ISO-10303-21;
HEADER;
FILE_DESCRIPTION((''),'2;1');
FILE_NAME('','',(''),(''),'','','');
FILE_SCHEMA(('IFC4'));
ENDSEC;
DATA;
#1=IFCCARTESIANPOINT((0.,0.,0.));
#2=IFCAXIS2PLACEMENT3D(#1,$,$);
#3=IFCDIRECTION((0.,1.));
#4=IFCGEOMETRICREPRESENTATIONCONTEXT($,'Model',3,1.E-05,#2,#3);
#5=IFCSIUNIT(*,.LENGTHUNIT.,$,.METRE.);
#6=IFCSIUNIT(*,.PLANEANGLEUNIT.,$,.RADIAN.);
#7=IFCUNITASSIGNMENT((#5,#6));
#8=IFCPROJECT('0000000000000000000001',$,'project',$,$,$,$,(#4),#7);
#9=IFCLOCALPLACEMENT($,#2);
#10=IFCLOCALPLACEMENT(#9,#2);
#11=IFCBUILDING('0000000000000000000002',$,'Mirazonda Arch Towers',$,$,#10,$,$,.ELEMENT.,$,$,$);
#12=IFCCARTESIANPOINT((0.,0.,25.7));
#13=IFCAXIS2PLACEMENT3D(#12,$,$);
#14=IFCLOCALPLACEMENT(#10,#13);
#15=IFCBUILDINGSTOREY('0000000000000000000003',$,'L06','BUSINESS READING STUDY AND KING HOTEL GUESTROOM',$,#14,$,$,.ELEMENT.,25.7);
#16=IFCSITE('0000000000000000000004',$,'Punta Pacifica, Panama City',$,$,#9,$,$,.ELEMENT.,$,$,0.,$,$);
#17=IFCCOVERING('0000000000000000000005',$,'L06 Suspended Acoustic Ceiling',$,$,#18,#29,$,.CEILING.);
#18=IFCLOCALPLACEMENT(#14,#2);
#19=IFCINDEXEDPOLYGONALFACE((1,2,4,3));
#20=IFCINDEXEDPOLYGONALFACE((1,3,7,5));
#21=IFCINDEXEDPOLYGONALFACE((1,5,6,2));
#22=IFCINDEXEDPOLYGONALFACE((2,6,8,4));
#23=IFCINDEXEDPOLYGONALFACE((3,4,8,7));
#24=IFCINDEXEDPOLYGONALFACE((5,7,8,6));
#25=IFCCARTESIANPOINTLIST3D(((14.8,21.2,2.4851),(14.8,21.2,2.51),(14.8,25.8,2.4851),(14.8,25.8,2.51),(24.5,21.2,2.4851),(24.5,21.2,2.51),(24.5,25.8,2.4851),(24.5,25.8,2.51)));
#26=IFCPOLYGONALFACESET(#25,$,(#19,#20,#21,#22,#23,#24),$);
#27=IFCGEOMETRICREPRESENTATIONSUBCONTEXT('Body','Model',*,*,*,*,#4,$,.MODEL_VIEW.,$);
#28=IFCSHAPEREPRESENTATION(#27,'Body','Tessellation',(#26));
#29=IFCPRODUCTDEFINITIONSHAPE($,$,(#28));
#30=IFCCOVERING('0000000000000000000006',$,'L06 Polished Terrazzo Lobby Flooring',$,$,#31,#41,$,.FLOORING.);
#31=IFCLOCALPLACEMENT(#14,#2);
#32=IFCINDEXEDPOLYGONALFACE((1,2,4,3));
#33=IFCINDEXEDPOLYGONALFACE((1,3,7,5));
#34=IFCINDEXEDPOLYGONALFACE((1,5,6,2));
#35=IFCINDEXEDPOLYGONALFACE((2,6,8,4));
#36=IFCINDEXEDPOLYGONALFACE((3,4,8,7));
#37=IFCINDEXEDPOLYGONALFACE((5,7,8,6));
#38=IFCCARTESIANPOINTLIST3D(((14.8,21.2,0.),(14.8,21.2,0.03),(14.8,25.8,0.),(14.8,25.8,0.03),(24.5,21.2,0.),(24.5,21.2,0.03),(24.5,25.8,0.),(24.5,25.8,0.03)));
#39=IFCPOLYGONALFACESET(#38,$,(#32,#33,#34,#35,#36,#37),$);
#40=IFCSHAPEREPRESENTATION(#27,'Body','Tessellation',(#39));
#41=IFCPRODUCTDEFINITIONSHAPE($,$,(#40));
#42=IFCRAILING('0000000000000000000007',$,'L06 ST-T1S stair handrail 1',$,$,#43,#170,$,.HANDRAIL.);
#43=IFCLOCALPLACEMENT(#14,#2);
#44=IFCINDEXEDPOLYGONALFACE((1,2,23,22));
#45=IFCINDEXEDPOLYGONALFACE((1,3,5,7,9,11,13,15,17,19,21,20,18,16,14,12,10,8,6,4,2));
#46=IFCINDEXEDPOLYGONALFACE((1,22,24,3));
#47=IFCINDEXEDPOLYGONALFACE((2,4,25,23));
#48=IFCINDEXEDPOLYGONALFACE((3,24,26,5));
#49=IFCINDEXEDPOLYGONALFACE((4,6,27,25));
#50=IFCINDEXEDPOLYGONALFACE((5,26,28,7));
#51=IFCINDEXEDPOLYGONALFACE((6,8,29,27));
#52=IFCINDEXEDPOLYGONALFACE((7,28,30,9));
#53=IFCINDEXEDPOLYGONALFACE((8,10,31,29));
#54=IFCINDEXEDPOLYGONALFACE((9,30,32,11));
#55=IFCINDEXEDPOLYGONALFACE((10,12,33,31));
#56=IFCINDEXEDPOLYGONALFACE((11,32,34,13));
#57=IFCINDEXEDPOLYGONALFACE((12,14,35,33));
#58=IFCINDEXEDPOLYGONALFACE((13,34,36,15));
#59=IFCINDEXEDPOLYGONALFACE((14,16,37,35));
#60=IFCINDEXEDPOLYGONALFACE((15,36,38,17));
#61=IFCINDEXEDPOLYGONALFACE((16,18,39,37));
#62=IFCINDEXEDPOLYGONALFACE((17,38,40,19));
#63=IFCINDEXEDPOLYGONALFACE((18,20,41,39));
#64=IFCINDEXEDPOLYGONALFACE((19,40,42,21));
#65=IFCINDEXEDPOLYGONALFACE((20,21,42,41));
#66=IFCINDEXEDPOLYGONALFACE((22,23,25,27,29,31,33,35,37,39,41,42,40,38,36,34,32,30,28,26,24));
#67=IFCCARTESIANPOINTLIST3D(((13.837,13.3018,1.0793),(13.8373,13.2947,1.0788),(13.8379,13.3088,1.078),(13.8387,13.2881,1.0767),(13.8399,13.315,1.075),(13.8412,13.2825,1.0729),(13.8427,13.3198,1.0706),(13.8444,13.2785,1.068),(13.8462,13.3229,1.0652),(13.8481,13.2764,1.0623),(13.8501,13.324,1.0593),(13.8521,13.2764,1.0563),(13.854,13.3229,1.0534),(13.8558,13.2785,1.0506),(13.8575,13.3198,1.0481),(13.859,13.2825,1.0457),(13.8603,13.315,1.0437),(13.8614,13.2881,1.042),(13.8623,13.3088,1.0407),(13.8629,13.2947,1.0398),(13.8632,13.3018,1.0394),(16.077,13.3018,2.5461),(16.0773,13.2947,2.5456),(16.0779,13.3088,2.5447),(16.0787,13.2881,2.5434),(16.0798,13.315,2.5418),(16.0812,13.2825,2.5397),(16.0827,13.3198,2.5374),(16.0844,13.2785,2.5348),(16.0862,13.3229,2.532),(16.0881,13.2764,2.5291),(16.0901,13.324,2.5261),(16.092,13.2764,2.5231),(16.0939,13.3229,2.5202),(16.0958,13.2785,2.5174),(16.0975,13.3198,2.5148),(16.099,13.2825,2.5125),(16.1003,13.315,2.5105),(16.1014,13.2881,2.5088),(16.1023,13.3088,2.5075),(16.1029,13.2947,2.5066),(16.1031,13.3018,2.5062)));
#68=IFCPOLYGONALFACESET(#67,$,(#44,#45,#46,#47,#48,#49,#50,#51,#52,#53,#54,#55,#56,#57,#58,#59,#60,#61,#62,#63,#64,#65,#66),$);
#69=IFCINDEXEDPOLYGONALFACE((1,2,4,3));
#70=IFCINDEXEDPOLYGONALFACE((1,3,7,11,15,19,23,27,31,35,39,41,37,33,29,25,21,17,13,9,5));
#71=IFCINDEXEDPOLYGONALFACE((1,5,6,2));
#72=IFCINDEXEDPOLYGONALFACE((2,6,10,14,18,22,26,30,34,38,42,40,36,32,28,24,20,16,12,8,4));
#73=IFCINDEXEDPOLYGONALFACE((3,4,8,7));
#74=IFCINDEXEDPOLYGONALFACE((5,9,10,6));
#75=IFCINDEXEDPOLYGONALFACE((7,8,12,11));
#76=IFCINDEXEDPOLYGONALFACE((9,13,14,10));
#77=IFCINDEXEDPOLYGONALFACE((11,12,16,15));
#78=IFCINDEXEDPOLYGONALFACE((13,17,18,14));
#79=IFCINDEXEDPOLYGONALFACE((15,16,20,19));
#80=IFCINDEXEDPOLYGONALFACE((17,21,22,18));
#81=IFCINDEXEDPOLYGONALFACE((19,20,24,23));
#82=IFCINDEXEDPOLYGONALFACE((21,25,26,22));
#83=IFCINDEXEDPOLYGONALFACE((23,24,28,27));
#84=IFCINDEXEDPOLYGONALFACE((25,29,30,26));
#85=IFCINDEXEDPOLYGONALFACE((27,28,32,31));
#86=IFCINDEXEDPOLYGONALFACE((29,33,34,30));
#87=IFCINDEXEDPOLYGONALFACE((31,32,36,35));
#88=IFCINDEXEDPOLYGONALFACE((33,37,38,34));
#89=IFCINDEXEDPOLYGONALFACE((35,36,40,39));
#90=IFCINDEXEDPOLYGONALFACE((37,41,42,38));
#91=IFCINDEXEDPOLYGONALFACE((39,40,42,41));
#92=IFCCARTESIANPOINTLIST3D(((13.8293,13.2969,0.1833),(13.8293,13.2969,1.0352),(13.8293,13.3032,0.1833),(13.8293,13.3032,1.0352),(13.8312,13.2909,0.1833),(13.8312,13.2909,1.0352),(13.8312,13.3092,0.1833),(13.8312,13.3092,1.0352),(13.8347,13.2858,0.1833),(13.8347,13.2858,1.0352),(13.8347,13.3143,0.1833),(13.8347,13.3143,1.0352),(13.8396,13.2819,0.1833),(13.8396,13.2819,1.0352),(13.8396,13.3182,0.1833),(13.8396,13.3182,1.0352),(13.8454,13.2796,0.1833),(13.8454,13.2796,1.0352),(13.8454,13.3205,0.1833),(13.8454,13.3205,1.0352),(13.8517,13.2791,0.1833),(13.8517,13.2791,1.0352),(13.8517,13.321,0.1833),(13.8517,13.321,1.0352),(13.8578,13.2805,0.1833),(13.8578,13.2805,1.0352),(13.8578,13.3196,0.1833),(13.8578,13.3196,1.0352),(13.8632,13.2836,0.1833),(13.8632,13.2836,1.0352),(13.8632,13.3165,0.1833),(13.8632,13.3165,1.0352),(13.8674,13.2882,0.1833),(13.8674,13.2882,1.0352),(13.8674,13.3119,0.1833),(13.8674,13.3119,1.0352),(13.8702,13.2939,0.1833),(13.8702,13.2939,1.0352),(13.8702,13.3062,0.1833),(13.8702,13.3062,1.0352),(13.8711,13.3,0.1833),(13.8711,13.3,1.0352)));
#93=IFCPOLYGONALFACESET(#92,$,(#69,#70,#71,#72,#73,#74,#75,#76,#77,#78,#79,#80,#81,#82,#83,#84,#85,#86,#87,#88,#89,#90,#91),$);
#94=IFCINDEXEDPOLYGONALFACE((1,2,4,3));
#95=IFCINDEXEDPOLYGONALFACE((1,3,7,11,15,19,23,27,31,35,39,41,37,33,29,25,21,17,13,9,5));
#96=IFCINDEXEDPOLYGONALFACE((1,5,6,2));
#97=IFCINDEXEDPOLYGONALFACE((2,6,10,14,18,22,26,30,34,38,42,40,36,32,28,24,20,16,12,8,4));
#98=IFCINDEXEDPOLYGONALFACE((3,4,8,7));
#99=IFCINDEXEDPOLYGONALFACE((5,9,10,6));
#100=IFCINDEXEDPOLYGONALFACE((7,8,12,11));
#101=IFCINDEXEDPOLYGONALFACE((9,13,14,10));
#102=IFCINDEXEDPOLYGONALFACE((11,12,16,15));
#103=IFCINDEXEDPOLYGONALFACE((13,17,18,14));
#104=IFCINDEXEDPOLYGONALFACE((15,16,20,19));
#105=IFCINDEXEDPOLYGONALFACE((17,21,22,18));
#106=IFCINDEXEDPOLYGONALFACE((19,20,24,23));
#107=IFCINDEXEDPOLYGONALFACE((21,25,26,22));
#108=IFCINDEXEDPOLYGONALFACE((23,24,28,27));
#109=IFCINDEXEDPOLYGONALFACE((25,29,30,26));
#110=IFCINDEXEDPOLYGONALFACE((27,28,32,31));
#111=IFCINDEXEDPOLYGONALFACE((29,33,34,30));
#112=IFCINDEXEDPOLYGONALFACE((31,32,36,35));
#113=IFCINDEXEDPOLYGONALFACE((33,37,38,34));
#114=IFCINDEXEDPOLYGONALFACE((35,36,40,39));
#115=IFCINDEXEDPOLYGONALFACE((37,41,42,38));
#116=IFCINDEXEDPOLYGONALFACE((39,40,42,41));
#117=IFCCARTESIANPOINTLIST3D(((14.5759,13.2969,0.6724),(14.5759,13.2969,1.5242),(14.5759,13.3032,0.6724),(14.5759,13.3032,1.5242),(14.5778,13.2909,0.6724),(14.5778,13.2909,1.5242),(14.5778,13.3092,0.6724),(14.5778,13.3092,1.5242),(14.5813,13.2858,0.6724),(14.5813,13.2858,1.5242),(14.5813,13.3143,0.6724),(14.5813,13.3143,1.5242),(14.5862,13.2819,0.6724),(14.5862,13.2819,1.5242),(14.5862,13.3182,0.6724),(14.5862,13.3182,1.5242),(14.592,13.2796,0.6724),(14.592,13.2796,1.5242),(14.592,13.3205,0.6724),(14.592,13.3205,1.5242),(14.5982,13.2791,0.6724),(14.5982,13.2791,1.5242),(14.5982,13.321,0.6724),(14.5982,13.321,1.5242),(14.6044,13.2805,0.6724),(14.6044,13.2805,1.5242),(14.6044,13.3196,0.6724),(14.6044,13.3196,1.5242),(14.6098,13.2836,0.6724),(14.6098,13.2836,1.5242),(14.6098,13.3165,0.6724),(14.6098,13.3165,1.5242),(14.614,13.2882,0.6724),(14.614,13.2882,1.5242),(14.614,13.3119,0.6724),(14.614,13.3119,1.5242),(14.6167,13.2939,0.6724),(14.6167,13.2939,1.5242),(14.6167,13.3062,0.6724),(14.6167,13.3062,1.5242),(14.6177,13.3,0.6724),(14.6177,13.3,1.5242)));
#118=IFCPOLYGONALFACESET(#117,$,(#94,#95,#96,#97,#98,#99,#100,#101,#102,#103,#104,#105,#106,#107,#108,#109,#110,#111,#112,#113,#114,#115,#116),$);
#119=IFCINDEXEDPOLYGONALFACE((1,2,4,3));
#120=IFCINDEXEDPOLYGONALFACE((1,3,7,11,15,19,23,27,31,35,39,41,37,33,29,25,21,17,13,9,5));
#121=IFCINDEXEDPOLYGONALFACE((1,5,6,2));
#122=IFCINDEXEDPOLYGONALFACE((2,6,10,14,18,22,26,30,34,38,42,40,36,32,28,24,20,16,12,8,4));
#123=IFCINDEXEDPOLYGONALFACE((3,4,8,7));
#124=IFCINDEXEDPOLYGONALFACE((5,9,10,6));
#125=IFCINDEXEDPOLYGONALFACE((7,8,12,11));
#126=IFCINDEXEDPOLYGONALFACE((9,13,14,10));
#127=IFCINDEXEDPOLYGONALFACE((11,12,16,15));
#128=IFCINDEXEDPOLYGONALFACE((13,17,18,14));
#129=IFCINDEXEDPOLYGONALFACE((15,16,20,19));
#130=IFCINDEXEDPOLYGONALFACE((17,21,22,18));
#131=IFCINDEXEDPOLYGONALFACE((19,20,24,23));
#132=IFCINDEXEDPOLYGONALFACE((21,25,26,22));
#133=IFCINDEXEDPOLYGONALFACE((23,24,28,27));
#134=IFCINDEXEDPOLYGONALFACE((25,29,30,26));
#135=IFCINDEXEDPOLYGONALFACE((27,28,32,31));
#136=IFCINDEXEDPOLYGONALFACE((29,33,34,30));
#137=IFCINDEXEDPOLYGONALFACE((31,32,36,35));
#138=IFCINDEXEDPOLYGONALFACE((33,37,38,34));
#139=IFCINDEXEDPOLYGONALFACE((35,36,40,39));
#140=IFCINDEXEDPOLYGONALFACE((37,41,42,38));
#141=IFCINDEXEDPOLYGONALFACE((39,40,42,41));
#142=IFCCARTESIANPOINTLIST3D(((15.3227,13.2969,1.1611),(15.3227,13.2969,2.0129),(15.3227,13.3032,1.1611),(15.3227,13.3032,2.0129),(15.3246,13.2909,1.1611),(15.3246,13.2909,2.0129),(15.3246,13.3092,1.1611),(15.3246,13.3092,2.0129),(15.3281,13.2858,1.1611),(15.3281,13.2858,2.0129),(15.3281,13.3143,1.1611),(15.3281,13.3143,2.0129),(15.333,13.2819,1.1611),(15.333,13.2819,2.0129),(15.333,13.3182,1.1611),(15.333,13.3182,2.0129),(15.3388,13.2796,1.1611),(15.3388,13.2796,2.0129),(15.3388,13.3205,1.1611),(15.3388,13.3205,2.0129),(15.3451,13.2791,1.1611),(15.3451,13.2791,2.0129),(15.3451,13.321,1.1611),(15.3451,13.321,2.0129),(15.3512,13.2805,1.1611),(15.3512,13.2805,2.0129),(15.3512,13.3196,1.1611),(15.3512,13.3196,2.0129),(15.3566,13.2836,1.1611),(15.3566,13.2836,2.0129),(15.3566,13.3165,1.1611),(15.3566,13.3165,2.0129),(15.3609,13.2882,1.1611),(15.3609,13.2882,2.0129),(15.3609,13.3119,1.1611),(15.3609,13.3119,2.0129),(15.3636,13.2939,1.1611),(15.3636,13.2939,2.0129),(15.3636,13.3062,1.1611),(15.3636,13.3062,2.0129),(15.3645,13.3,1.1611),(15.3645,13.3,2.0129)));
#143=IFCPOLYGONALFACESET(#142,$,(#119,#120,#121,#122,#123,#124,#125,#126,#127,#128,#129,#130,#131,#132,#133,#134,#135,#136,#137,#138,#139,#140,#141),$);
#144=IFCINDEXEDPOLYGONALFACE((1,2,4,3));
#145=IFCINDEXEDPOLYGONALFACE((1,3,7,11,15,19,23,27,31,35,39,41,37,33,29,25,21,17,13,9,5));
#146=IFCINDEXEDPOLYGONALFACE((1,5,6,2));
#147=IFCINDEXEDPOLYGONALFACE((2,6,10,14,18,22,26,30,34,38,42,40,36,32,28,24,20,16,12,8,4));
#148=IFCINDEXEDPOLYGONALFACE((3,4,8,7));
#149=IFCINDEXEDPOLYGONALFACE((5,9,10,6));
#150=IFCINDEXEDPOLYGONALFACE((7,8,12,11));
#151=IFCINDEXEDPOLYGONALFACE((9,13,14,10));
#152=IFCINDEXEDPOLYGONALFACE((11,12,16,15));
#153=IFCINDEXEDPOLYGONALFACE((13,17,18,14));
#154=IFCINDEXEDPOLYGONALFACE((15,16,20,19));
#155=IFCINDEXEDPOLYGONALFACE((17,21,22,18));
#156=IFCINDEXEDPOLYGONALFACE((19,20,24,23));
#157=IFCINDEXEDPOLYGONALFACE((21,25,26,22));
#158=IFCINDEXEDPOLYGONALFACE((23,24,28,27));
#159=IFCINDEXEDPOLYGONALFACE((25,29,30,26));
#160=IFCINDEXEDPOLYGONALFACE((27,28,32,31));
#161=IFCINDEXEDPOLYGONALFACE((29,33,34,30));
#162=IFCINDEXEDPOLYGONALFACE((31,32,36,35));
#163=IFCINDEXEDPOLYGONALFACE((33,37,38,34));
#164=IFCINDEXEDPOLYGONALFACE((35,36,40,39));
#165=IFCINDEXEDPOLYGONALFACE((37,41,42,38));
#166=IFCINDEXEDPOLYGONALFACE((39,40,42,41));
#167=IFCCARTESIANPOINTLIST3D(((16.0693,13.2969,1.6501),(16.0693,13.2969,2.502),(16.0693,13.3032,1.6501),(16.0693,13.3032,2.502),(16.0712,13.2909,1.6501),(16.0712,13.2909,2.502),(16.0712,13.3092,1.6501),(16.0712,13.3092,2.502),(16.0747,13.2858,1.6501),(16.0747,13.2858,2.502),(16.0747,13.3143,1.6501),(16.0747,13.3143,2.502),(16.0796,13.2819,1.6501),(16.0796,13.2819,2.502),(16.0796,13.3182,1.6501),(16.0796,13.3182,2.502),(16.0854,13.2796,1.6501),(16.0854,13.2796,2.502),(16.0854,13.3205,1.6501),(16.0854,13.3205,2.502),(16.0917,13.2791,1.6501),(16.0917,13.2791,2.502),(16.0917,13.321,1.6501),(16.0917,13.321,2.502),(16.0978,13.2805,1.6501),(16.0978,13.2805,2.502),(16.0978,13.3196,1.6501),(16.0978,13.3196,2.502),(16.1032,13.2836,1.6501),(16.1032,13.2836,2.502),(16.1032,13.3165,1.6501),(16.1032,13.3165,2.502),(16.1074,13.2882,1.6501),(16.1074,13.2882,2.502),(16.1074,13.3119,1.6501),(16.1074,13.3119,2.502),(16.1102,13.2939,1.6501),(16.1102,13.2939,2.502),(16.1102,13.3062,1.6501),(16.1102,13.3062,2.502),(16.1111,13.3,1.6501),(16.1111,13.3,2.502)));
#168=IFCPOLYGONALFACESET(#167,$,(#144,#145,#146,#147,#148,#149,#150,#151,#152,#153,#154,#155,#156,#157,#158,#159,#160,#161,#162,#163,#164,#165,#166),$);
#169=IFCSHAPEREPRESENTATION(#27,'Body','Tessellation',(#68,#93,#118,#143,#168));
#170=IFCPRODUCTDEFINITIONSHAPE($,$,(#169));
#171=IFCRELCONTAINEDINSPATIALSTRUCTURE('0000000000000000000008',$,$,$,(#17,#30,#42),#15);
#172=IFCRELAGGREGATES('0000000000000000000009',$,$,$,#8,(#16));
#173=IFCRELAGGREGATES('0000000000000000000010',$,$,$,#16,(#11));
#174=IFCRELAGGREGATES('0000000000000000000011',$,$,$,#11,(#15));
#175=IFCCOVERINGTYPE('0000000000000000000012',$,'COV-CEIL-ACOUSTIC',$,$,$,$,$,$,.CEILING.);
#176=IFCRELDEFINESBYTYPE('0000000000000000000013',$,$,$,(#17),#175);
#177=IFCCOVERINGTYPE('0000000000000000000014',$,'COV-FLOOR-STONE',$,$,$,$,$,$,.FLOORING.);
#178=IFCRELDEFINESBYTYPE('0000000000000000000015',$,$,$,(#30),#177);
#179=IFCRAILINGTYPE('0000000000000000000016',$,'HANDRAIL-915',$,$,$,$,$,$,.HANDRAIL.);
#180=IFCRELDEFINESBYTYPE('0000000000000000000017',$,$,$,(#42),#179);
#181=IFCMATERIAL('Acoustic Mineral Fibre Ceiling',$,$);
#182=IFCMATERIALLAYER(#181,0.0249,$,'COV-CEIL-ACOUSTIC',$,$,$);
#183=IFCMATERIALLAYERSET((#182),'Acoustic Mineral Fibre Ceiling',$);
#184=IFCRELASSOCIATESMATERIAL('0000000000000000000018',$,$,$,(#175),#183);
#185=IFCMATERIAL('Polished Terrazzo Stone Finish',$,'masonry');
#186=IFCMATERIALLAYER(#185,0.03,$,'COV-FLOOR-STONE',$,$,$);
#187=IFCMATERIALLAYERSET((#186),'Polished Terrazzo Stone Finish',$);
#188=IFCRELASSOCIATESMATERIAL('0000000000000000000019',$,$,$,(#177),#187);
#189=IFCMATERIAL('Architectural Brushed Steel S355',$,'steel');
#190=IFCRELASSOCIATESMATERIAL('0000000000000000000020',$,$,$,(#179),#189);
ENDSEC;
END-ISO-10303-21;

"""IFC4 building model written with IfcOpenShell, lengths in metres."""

from ifc_helpers import new_model, si_unit, direction, frame, origin, origin_2d, place, context, subcontext, project, spatial, polyline, circle, outline, extrude, material, layer, layer_set, type_object, element, save


model = new_model("IFC4")

# Units and contexts
model_context = context("Model", 3, precision=1e-05, world=origin(), true_north=direction((0.0, 1.0)))
body_context = subcontext(model_context, "Body", "Model", "MODEL_VIEW")
ifc_project = project(units=[si_unit("LENGTHUNIT", "METRE"), si_unit("PLANEANGLEUNIT", "RADIAN")], contexts=[model_context])

# Site, building, storey
site_placement = place(None, origin())
site = spatial("IfcSite", under=ifc_project, at=site_placement, Name="Punta Pacifica, Panama City", CompositionType="ELEMENT", RefElevation=0.0)
building_placement = place(site_placement, origin())
building = spatial("IfcBuilding", under=site, at=building_placement, Name="Mirazonda Arch Towers", CompositionType="ELEMENT")
storey_placement = place(building_placement, frame((0.0, 0.0, 25.7)))
storey = spatial("IfcBuildingStorey", under=building, at=storey_placement, Name="L06", Description="BUSINESS READING STUDY AND KING HOTEL GUESTROOM", CompositionType="ELEMENT", Elevation=25.7)

# Shared definitions
ifc_material_1 = material(Name="Architectural Brushed Steel S355", Category="steel")

# Coverings
ifc_material_2 = material(Name="Acoustic Mineral Fibre Ceiling")
ifc_layer_1 = layer(ifc_material_2, 0.0249, Name="COV-CEIL-ACOUSTIC")
ifc_layer_set_1 = layer_set([ifc_layer_1], Name="Acoustic Mineral Fibre Ceiling")
covering_type_1 = type_object("IfcCoveringType", Name="COV-CEIL-ACOUSTIC", PredefinedType="CEILING", material=ifc_layer_set_1)
covering_1_placement = place(storey_placement, frame((0.0, 0.0, 2.4851)))
element("IfcCovering", 1, at=covering_1_placement, inside=storey, type_object=covering_type_1, Name="L06 Suspended Acoustic Ceiling", PredefinedType="CEILING", context=body_context, shape_type="SweptSolid", body=[
    extrude(outline(polyline([(14.8, 21.2), (24.5, 21.2), (24.5, 25.8), (14.8, 25.8), (14.8, 21.2)])), origin(), (0.0, 0.0, 1.0), 0.0249),
])
ifc_material_3 = material(Name="Polished Terrazzo Stone Finish", Category="masonry")
ifc_layer_2 = layer(ifc_material_3, 0.03, Name="COV-FLOOR-STONE")
ifc_layer_set_2 = layer_set([ifc_layer_2], Name="Polished Terrazzo Stone Finish")
covering_type_2 = type_object("IfcCoveringType", Name="COV-FLOOR-STONE", PredefinedType="FLOORING", material=ifc_layer_set_2)
covering_2_placement = place(storey_placement, origin())
element("IfcCovering", 2, at=covering_2_placement, inside=storey, type_object=covering_type_2, Name="L06 Polished Terrazzo Lobby Flooring", PredefinedType="FLOORING", context=body_context, shape_type="SweptSolid", body=[
    extrude(outline(polyline([(14.8, 21.2), (24.5, 21.2), (24.5, 25.8), (14.8, 25.8), (14.8, 21.2)])), origin(), (0.0, 0.0, 1.0), 0.03),
])

# Railing
railing_type = type_object("IfcRailingType", Name="HANDRAIL-915", PredefinedType="HANDRAIL", material=ifc_material_1)
railing_placement = place(storey_placement, frame((13.8501, 13.3, 0.1833)))
element("IfcRailing", 3, at=railing_placement, inside=storey, type_object=railing_type, Name="L06 ST-T1S stair handrail 1", PredefinedType="HANDRAIL", context=body_context, shape_type="SweptSolid", body=[
    extrude(circle(Radius=0.0239, at=origin_2d()), frame((0.0, 0.0, 0.876), z_axis=(0.836595, 0.0, 0.547822), x_axis=(0.0, 1.0, 0.0)), (0.0, 0.0, 1.0), 2.6775),
    extrude(circle(Radius=0.021, at=origin_2d()), origin(), (0.0, 0.0, 1.0), 0.8518),
    extrude(circle(Radius=0.021, at=origin_2d()), frame((0.7466, 0.0, 0.489)), (0.0, 0.0, 1.0), 0.8518),
    extrude(circle(Radius=0.021, at=origin_2d()), frame((1.4934, 0.0, 0.9778)), (0.0, 0.0, 1.0), 0.8518),
    extrude(circle(Radius=0.021, at=origin_2d()), frame((2.24, 0.0, 1.4668)), (0.0, 0.0, 1.0), 0.8518),
])

save(model, "model.ifc")
